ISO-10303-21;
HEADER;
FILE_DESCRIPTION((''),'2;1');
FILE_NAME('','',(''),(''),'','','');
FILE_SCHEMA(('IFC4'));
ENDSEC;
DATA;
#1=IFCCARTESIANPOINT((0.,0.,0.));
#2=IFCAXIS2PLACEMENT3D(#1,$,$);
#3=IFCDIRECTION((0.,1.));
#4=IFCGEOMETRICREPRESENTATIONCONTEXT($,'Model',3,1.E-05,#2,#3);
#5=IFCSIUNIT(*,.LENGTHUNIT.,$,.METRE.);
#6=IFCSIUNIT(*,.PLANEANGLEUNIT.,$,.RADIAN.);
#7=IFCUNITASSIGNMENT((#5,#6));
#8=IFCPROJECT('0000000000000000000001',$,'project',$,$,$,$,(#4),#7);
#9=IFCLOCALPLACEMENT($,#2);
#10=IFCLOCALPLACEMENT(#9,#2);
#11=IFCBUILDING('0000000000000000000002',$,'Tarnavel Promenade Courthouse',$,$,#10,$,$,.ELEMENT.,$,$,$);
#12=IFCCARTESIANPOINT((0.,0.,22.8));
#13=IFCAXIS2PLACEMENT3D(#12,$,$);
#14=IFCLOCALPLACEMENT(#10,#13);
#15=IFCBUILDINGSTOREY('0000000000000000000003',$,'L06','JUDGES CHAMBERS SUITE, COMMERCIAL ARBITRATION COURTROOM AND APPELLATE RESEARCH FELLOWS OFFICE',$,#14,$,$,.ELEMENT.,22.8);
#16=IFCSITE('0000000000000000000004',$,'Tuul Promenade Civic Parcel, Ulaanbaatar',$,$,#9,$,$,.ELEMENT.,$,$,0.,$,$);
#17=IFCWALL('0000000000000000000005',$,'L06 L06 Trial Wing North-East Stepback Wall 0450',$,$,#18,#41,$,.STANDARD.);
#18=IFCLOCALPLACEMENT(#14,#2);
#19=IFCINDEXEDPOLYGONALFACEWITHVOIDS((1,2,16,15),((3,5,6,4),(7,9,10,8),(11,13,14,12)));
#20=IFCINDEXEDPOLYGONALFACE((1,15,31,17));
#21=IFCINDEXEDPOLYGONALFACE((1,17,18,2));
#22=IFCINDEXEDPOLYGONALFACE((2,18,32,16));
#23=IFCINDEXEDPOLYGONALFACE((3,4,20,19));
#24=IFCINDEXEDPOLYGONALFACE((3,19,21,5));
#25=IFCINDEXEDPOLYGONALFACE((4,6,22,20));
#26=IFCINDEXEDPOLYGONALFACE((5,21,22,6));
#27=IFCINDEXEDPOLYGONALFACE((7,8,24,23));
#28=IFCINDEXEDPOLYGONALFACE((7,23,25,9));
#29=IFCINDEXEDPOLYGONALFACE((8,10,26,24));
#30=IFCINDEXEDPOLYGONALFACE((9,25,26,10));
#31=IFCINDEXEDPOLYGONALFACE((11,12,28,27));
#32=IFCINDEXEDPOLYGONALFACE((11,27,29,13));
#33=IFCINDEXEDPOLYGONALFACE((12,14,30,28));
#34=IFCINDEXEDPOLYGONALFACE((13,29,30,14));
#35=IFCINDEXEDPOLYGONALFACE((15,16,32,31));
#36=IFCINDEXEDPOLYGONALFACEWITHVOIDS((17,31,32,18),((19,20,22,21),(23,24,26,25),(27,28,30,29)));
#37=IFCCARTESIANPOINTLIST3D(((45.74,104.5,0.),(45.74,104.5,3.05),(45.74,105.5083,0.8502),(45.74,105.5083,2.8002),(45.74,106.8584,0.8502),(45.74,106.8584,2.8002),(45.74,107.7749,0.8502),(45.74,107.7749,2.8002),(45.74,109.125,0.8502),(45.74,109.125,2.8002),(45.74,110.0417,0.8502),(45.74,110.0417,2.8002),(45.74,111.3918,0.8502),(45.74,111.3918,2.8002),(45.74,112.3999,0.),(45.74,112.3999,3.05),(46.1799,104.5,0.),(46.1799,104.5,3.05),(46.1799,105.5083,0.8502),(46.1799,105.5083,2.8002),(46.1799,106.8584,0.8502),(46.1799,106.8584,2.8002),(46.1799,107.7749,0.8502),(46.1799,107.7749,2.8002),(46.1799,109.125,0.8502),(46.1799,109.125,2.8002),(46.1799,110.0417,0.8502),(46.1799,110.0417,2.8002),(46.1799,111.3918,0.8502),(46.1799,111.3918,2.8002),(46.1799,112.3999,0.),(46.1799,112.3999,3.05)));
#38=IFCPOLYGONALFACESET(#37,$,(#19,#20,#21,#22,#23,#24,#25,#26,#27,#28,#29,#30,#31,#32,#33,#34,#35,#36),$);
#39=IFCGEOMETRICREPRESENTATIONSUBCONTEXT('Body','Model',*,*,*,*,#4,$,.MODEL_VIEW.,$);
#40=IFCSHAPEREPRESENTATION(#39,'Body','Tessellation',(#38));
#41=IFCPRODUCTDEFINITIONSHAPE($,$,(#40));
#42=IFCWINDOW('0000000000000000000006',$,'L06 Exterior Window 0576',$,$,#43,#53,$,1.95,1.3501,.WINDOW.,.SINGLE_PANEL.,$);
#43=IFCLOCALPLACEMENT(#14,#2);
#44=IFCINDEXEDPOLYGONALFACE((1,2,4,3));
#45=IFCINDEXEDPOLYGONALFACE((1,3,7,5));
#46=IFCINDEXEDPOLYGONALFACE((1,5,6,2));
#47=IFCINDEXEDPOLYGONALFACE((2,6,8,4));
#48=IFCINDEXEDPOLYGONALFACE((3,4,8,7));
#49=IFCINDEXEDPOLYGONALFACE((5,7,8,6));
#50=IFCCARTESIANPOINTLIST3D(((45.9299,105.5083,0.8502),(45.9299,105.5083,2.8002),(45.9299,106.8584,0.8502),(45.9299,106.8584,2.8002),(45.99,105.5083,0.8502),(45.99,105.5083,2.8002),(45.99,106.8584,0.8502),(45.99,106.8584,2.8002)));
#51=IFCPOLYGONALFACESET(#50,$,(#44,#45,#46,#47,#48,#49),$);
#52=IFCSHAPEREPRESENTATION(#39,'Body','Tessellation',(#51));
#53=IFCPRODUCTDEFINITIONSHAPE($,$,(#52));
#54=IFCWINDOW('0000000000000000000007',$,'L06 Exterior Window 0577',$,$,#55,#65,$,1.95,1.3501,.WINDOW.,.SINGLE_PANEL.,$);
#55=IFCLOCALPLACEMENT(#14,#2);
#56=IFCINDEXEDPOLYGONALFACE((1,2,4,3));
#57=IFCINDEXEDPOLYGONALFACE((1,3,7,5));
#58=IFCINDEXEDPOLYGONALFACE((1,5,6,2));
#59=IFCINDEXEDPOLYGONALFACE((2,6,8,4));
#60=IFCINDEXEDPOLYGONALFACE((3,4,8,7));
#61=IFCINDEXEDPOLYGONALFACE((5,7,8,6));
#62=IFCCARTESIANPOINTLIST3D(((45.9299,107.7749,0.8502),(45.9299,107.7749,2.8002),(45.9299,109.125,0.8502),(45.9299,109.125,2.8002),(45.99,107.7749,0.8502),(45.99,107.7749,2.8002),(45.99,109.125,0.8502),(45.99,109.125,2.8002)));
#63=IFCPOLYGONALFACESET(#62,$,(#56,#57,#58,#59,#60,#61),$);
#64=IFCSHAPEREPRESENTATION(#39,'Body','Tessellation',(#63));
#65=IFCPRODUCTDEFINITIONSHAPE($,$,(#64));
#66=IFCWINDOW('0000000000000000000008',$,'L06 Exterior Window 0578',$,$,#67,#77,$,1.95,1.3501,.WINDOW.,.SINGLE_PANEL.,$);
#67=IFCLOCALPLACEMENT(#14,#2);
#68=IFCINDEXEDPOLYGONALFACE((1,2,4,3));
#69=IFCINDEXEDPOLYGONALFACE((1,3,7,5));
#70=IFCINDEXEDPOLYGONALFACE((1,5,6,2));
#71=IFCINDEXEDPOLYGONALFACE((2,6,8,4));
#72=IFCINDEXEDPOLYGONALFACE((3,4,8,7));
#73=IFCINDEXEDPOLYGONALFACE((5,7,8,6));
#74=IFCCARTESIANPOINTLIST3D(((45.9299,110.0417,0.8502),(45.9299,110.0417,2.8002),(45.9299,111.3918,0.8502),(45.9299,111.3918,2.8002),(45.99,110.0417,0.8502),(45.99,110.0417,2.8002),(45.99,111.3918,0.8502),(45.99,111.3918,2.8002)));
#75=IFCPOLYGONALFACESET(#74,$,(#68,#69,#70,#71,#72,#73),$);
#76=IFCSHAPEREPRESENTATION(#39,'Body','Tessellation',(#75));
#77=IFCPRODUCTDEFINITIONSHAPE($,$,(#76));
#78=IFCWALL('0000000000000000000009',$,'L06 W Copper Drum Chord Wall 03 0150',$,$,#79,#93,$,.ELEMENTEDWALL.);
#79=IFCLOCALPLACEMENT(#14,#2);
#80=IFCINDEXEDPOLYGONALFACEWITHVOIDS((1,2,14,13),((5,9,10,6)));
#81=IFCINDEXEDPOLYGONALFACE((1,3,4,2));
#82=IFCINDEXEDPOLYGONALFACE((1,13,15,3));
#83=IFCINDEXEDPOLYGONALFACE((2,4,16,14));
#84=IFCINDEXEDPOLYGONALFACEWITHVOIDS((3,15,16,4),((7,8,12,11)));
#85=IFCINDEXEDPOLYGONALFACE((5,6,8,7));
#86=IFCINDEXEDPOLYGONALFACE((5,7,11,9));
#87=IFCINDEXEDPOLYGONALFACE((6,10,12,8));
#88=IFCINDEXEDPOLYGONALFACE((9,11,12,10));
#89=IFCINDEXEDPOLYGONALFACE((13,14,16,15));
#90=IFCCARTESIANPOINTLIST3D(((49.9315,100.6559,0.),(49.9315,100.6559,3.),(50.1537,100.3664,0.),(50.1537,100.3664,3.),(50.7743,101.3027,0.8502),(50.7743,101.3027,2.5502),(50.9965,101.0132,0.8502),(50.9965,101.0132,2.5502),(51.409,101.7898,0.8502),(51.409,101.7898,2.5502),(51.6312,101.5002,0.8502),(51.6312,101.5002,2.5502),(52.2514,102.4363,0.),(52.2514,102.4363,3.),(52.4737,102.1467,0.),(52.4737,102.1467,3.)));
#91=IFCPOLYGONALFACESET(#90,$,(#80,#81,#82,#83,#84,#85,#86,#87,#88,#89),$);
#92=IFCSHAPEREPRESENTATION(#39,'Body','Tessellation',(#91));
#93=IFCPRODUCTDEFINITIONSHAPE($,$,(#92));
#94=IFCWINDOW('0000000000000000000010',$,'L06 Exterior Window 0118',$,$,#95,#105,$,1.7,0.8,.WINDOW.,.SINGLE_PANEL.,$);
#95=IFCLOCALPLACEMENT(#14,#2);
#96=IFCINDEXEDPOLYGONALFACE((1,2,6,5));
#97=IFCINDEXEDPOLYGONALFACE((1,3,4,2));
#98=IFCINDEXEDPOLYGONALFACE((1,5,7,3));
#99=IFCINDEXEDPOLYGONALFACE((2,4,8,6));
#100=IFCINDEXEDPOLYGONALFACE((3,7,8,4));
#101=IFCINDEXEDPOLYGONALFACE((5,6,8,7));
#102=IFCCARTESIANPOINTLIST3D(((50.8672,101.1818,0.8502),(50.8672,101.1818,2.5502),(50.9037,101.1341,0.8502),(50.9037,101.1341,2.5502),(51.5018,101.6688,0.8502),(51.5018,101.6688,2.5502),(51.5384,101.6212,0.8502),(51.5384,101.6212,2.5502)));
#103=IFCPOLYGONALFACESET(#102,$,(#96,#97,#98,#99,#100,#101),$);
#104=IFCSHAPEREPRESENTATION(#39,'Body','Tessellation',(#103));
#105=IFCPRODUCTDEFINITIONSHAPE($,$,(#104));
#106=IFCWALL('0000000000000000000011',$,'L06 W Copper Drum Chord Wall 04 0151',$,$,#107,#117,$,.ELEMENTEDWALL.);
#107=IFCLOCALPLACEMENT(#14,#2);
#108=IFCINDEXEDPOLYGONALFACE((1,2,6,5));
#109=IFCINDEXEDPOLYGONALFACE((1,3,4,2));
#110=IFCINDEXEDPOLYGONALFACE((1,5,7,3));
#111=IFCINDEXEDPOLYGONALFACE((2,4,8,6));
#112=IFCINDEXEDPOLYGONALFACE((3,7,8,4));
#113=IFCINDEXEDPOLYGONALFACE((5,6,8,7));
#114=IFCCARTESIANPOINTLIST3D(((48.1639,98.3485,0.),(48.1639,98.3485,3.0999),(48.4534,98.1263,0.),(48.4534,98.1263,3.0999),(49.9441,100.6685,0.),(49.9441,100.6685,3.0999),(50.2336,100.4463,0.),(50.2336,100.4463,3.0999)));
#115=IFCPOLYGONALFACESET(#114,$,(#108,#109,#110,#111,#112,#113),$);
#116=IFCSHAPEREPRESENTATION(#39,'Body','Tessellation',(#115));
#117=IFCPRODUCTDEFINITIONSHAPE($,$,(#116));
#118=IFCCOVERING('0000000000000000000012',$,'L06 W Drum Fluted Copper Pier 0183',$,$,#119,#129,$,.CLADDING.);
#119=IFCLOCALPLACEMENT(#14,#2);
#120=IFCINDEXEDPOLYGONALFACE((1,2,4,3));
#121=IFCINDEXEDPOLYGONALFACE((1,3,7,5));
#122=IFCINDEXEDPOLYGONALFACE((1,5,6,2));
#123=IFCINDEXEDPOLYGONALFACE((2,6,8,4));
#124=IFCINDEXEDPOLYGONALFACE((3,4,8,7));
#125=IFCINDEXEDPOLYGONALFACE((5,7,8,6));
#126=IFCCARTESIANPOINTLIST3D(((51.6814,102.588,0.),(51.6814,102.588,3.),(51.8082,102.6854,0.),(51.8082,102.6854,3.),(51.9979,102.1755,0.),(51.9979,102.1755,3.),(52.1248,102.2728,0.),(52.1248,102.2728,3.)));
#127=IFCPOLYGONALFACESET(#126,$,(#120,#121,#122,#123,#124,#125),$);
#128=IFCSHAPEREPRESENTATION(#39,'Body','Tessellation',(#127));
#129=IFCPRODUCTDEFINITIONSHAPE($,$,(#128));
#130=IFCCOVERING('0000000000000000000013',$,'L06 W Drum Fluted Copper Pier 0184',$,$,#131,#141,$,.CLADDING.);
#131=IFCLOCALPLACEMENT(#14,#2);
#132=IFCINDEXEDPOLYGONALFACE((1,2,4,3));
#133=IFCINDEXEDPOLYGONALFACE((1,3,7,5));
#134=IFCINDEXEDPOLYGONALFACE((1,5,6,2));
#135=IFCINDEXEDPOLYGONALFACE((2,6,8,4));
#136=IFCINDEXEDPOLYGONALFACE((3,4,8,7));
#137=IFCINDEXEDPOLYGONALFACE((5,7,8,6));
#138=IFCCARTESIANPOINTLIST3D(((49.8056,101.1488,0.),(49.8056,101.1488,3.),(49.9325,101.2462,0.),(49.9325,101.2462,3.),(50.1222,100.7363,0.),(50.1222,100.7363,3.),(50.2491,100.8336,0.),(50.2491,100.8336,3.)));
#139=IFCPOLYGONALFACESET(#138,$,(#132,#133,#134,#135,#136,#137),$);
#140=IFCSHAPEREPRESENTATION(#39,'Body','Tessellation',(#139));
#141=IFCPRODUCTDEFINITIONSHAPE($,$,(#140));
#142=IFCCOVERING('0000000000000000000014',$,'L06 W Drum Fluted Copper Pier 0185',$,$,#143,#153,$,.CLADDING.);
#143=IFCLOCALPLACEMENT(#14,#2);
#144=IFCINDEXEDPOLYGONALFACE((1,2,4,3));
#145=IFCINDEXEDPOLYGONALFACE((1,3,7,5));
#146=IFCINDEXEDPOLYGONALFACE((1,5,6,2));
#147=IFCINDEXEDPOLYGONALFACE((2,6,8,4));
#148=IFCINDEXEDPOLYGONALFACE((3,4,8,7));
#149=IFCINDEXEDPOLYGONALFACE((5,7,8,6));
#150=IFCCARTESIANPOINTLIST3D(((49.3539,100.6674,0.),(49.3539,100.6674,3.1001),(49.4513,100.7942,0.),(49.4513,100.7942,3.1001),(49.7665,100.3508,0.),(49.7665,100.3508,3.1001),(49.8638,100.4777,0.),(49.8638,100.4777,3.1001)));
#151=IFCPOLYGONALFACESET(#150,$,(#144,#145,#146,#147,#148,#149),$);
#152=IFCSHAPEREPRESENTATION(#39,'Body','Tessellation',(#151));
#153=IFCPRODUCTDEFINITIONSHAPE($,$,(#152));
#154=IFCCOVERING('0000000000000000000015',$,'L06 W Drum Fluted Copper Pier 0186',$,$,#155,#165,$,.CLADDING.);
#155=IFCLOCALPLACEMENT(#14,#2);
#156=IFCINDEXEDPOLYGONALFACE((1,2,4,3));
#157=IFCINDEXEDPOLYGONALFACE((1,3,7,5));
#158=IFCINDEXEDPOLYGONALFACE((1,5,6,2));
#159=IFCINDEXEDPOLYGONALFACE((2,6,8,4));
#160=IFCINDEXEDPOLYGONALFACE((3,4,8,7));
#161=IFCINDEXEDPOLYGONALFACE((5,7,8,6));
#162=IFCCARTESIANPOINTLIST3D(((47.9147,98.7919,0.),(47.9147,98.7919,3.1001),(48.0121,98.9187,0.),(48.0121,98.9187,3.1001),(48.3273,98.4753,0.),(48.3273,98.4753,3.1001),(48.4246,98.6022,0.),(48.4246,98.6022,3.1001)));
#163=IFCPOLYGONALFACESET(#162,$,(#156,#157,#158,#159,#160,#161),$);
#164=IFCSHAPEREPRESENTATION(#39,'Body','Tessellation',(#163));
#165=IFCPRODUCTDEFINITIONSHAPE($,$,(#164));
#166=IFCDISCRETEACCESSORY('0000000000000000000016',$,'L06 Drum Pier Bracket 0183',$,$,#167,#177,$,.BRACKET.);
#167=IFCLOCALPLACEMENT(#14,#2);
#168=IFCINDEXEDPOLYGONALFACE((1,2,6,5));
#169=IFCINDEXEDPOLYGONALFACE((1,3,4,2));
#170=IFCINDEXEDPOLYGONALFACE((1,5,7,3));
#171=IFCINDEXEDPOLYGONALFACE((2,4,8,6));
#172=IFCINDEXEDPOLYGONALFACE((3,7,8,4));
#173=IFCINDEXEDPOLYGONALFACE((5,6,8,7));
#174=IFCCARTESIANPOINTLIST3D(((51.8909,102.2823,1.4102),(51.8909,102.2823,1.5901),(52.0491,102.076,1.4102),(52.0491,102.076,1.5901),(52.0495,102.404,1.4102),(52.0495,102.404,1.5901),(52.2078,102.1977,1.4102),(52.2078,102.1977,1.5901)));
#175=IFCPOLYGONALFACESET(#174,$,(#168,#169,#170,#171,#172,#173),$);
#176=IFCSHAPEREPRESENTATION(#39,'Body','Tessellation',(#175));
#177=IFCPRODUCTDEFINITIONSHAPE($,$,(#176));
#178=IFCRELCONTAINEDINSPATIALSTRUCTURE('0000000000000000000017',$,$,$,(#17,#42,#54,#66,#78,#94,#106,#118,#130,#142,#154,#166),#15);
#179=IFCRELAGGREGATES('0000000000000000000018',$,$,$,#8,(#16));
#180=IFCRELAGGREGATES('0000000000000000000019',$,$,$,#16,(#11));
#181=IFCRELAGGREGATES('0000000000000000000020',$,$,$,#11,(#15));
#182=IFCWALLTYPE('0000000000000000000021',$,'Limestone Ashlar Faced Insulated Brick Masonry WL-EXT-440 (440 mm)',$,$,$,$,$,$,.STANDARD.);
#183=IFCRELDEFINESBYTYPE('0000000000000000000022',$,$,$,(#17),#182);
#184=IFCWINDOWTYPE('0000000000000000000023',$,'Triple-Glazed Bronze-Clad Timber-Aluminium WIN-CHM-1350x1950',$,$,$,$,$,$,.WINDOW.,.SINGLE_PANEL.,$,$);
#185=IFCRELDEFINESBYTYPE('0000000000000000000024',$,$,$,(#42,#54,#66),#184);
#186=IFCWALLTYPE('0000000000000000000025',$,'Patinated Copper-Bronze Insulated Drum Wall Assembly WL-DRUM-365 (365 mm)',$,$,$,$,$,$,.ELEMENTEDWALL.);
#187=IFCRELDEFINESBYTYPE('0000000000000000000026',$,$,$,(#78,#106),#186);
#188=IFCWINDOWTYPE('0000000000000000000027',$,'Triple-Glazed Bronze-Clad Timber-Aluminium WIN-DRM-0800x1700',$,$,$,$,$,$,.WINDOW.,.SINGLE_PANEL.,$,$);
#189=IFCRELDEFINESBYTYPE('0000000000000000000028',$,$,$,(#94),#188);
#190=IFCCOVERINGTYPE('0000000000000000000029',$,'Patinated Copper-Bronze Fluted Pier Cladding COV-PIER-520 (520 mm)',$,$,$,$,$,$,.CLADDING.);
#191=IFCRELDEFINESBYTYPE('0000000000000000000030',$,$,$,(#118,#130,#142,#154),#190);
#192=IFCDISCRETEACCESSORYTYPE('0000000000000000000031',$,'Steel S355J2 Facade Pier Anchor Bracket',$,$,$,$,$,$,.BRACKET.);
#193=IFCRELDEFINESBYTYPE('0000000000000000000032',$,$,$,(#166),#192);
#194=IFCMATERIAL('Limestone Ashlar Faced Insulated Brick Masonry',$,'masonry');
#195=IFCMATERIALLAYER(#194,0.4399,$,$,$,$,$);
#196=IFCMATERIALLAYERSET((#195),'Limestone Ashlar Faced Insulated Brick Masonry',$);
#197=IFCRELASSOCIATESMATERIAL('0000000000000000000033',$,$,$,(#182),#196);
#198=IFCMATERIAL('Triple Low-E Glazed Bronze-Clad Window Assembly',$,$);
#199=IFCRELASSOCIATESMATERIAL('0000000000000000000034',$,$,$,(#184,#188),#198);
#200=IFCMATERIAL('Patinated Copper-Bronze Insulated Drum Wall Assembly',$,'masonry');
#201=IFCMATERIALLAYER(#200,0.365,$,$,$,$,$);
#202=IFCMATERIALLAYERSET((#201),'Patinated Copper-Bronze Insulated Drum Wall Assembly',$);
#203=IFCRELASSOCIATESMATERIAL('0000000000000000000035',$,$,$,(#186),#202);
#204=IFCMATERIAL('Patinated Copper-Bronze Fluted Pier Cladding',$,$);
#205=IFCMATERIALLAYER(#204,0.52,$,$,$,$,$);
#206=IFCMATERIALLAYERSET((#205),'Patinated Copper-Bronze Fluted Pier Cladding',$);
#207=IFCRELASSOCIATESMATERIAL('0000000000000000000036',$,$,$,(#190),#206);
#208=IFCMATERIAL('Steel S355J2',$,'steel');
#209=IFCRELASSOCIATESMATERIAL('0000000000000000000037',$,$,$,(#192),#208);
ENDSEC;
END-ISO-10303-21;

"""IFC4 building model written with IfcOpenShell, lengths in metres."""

from ifc_helpers import new_model, si_unit, direction, frame, frame_2d, origin, origin_2d, place, context, subcontext, project, spatial, rectangle, extrude, material, layer, layer_set, type_object, element, fill, save


model = new_model("IFC4")

# Units and contexts
model_context = context("Model", 3, precision=1e-05, world=origin(), true_north=direction((0.0, 1.0)))
body_context = subcontext(model_context, "Body", "Model", "MODEL_VIEW")
ifc_project = project(units=[si_unit("LENGTHUNIT", "METRE"), si_unit("PLANEANGLEUNIT", "RADIAN")], contexts=[model_context])

# Site, building, storey
site_placement = place(None, origin())
site = spatial("IfcSite", under=ifc_project, at=site_placement, Name="Tuul Promenade Civic Parcel, Ulaanbaatar", CompositionType="ELEMENT", RefElevation=0.0)
building_placement = place(site_placement, origin())
building = spatial("IfcBuilding", under=site, at=building_placement, Name="Tarnavel Promenade Courthouse", CompositionType="ELEMENT")
storey_placement = place(building_placement, frame((0.0, 0.0, 22.8)))
storey = spatial("IfcBuildingStorey", under=building, at=storey_placement, Name="L06", Description="JUDGES CHAMBERS SUITE, COMMERCIAL ARBITRATION COURTROOM AND APPELLATE RESEARCH FELLOWS OFFICE", CompositionType="ELEMENT", Elevation=22.8)

# Shared definitions
ifc_material_1 = material(Name="Steel S355J2", Category="steel")

# Wall, openings, windows
ifc_material_2 = material(Name="Limestone Ashlar Faced Insulated Brick Masonry", Category="masonry")
ifc_layer_1 = layer(ifc_material_2, 0.4399)
ifc_layer_set_1 = layer_set([ifc_layer_1], Name="Limestone Ashlar Faced Insulated Brick Masonry")
wall_type_1 = type_object("IfcWallType", Name="Limestone Ashlar Faced Insulated Brick Masonry WL-EXT-440 (440 mm)", PredefinedType="STANDARD", material=ifc_layer_set_1)
wall_1_placement = place(storey_placement, frame((45.96, 104.5, 0.0), z_axis=(0.0, 0.0, 1.0), x_axis=(0.0, 1.0, 0.0)))
wall_1 = element("IfcWall", 1, at=wall_1_placement, inside=storey, type_object=wall_type_1, Name="L06 L06 Trial Wing North-East Stepback Wall 0450", PredefinedType="STANDARD", context=body_context, shape_type="SweptSolid", body=[
    extrude(rectangle(XDim=7.8999, YDim=0.4399, at=frame_2d((3.95, 0.0))), origin(), (0.0, 0.0, 1.0), 3.05),
])
opening_1_placement = place(wall_1_placement, frame((1.0083, 0.0, 0.8501)))
opening_1 = element("IfcOpeningElement", 2, at=opening_1_placement, cuts=wall_1, PredefinedType="OPENING", context=body_context, shape_type="SweptSolid", body=[
    extrude(rectangle(XDim=1.3501, YDim=1.95, at=frame_2d((0.675, 0.9751))), frame((0.0, 0.23, 0.0), z_axis=(0.0, -1.0, 0.0), x_axis=(1.0, 0.0, 0.0)), (0.0, 0.0, 1.0), 0.46),
])
opening_2_placement = place(wall_1_placement, frame((3.2749, 0.0, 0.8501)))
opening_2 = element("IfcOpeningElement", 3, at=opening_2_placement, cuts=wall_1, PredefinedType="OPENING", context=body_context, shape_type="SweptSolid", body=[
    extrude(rectangle(XDim=1.3501, YDim=1.95, at=frame_2d((0.675, 0.9751))), frame((0.0, 0.23, 0.0), z_axis=(0.0, -1.0, 0.0), x_axis=(1.0, 0.0, 0.0)), (0.0, 0.0, 1.0), 0.46),
])
opening_3_placement = place(wall_1_placement, frame((5.5417, 0.0, 0.8501)))
opening_3 = element("IfcOpeningElement", 4, at=opening_3_placement, cuts=wall_1, PredefinedType="OPENING", context=body_context, shape_type="SweptSolid", body=[
    extrude(rectangle(XDim=1.3501, YDim=1.95, at=frame_2d((0.675, 0.9751))), frame((0.0, 0.23, 0.0), z_axis=(0.0, -1.0, 0.0), x_axis=(1.0, 0.0, 0.0)), (0.0, 0.0, 1.0), 0.46),
])
ifc_material_3 = material(Name="Triple Low-E Glazed Bronze-Clad Window Assembly")
window_type_1 = type_object("IfcWindowType", Name="Triple-Glazed Bronze-Clad Timber-Aluminium WIN-CHM-1350x1950", PartitioningType="SINGLE_PANEL", PredefinedType="WINDOW", material=ifc_material_3)
window_1_placement = place(opening_1_placement, origin())
window_1 = element("IfcWindow", 5, at=window_1_placement, inside=storey, type_object=window_type_1, Name="L06 Exterior Window 0576", OverallHeight=1.95, OverallWidth=1.3501, PartitioningType="SINGLE_PANEL", PredefinedType="WINDOW", context=body_context, shape_type="SweptSolid", body=[
    extrude(rectangle(XDim=1.3501, YDim=1.95, at=frame_2d((0.675, 0.9751))), frame((0.0, 0.03, 0.0), z_axis=(0.0, -1.0, 0.0), x_axis=(1.0, 0.0, 0.0)), (0.0, 0.0, 1.0), 0.0601),
])
fill(opening_1, window_1)
window_2_placement = place(opening_2_placement, origin())
window_2 = element("IfcWindow", 6, at=window_2_placement, inside=storey, type_object=window_type_1, Name="L06 Exterior Window 0577", OverallHeight=1.95, OverallWidth=1.3501, PartitioningType="SINGLE_PANEL", PredefinedType="WINDOW", context=body_context, shape_type="SweptSolid", body=[
    extrude(rectangle(XDim=1.3501, YDim=1.95, at=frame_2d((0.675, 0.9751))), frame((0.0, 0.03, 0.0), z_axis=(0.0, -1.0, 0.0), x_axis=(1.0, 0.0, 0.0)), (0.0, 0.0, 1.0), 0.0601),
])
fill(opening_2, window_2)
window_3_placement = place(opening_3_placement, origin())
window_3 = element("IfcWindow", 7, at=window_3_placement, inside=storey, type_object=window_type_1, Name="L06 Exterior Window 0578", OverallHeight=1.95, OverallWidth=1.3501, PartitioningType="SINGLE_PANEL", PredefinedType="WINDOW", context=body_context, shape_type="SweptSolid", body=[
    extrude(rectangle(XDim=1.3501, YDim=1.95, at=frame_2d((0.675, 0.9751))), frame((0.0, 0.03, 0.0), z_axis=(0.0, -1.0, 0.0), x_axis=(1.0, 0.0, 0.0)), (0.0, 0.0, 1.0), 0.0601),
])
fill(opening_3, window_3)

# Wall, opening, window
ifc_material_4 = material(Name="Patinated Copper-Bronze Insulated Drum Wall Assembly", Category="masonry")
ifc_layer_2 = layer(ifc_material_4, 0.365)
ifc_layer_set_2 = layer_set([ifc_layer_2], Name="Patinated Copper-Bronze Insulated Drum Wall Assembly")
wall_type_2 = type_object("IfcWallType", Name="Patinated Copper-Bronze Insulated Drum Wall Assembly WL-DRUM-365 (365 mm)", PredefinedType="ELEMENTEDWALL", material=ifc_layer_set_2)
wall_2_placement = place(storey_placement, frame((52.3625, 102.2915, 0.0), z_axis=(0.0, 0.0, 1.0), x_axis=(-0.793319, -0.608807, 0.0)))
wall_2 = element("IfcWall", 8, at=wall_2_placement, inside=storey, type_object=wall_type_2, Name="L06 W Copper Drum Chord Wall 03 0150", PredefinedType="ELEMENTEDWALL", context=body_context, shape_type="SweptSolid", body=[
    extrude(rectangle(XDim=2.9243, YDim=0.365, at=frame_2d((1.4622, 0.0))), origin(), (0.0, 0.0, 1.0), 3.0),
])
opening_4_placement = place(wall_2_placement, frame((1.062, 0.0, 0.8501)))
opening_4 = element("IfcOpeningElement", 9, at=opening_4_placement, cuts=wall_2, PredefinedType="OPENING", context=body_context, shape_type="SweptSolid", body=[
    extrude(rectangle(XDim=0.8, YDim=1.7, at=frame_2d((0.3999, 0.8501))), frame((0.0, 0.1924, 0.0), z_axis=(0.0, -1.0, 0.0), x_axis=(1.0, 0.0, 0.0)), (0.0, 0.0, 1.0), 0.385),
])
window_type_2 = type_object("IfcWindowType", Name="Triple-Glazed Bronze-Clad Timber-Aluminium WIN-DRM-0800x1700", PartitioningType="SINGLE_PANEL", PredefinedType="WINDOW", material=ifc_material_3)
window_4_placement = place(opening_4_placement, origin())
window_4 = element("IfcWindow", 10, at=window_4_placement, inside=storey, type_object=window_type_2, Name="L06 Exterior Window 0118", OverallHeight=1.7, OverallWidth=0.8, PartitioningType="SINGLE_PANEL", PredefinedType="WINDOW", context=body_context, shape_type="SweptSolid", body=[
    extrude(rectangle(XDim=0.8, YDim=1.7, at=frame_2d((0.3999, 0.8501))), frame((0.0, 0.03, 0.0), z_axis=(0.0, -1.0, 0.0), x_axis=(1.0, 0.0, 0.0)), (0.0, 0.0, 1.0), 0.0601),
])
fill(opening_4, window_4)

# Wall
wall_3_placement = place(storey_placement, frame((50.0889, 100.5574, 0.0), z_axis=(0.0, 0.0, 1.0), x_axis=(-0.608766, -0.79335, 0.0)))
element("IfcWall", 11, at=wall_3_placement, inside=storey, type_object=wall_type_2, Name="L06 W Copper Drum Chord Wall 04 0151", PredefinedType="ELEMENTEDWALL", context=body_context, shape_type="SweptSolid", body=[
    extrude(rectangle(XDim=2.9243, YDim=0.365, at=frame_2d((1.4622, 0.0))), origin(), (0.0, 0.0, 1.0), 3.0999),
])

# Coverings
ifc_material_5 = material(Name="Patinated Copper-Bronze Fluted Pier Cladding")
ifc_layer_3 = layer(ifc_material_5, 0.52)
ifc_layer_set_3 = layer_set([ifc_layer_3], Name="Patinated Copper-Bronze Fluted Pier Cladding")
covering_type = type_object("IfcCoveringType", Name="Patinated Copper-Bronze Fluted Pier Cladding COV-PIER-520 (520 mm)", PredefinedType="CLADDING", material=ifc_layer_set_3)
for number, where, z_axis, x_axis, name in (
    (12, (51.9031, 102.4304, 0.0), (0.0, 0.0, 1.0), (-0.793353, -0.608761, 0.0), "L06 W Drum Fluted Copper Pier 0183"),
    (13, (50.0273, 100.9912, 0.0), (0.0, 0.0, 1.0), (-0.793353, -0.608761, 0.0), "L06 W Drum Fluted Copper Pier 0184"),
):
    element("IfcCovering", number, at=place(storey_placement, frame(where, z_axis=z_axis, x_axis=x_axis)), inside=storey, type_object=covering_type, Name=name, PredefinedType="CLADDING", context=body_context, shape_type="SweptSolid", body=[
        extrude(rectangle(XDim=0.1599, YDim=0.52, at=origin_2d()), origin(), (0.0, 0.0, 1.0), 3.0),
    ])
for number, where, z_axis, x_axis, name in (
    (14, (49.6089, 100.5725, 0.0), (0.0, 0.0, 1.0), (-0.608761, -0.793353, 0.0), "L06 W Drum Fluted Copper Pier 0185"),
    (15, (48.1697, 98.697, 0.0), (0.0, 0.0, 1.0), (-0.608761, -0.793353, 0.0), "L06 W Drum Fluted Copper Pier 0186"),
):
    element("IfcCovering", number, at=place(storey_placement, frame(where, z_axis=z_axis, x_axis=x_axis)), inside=storey, type_object=covering_type, Name=name, PredefinedType="CLADDING", context=body_context, shape_type="SweptSolid", body=[
        extrude(rectangle(XDim=0.1599, YDim=0.52, at=origin_2d()), origin(), (0.0, 0.0, 1.0), 3.1001),
    ])

# Discrete accessory
discrete_accessory_type = type_object("IfcDiscreteAccessoryType", Name="Steel S355J2 Facade Pier Anchor Bracket", PredefinedType="BRACKET", material=ifc_material_1)
for number, where, z_axis, x_axis, name in (
    (16, (52.0493, 102.24, 1.4102), (0.0, 0.0, 1.0), (-0.793353, -0.608761, 0.0), "L06 Drum Pier Bracket 0183"),
):
    element("IfcDiscreteAccessory", number, at=place(storey_placement, frame(where, z_axis=z_axis, x_axis=x_axis)), inside=storey, type_object=discrete_accessory_type, Name=name, PredefinedType="BRACKET", context=body_context, shape_type="SweptSolid", body=[
        extrude(rectangle(XDim=0.2, YDim=0.26, at=origin_2d()), origin(), (0.0, 0.0, 1.0), 0.1799),
    ])

save(model, "model.ifc")
